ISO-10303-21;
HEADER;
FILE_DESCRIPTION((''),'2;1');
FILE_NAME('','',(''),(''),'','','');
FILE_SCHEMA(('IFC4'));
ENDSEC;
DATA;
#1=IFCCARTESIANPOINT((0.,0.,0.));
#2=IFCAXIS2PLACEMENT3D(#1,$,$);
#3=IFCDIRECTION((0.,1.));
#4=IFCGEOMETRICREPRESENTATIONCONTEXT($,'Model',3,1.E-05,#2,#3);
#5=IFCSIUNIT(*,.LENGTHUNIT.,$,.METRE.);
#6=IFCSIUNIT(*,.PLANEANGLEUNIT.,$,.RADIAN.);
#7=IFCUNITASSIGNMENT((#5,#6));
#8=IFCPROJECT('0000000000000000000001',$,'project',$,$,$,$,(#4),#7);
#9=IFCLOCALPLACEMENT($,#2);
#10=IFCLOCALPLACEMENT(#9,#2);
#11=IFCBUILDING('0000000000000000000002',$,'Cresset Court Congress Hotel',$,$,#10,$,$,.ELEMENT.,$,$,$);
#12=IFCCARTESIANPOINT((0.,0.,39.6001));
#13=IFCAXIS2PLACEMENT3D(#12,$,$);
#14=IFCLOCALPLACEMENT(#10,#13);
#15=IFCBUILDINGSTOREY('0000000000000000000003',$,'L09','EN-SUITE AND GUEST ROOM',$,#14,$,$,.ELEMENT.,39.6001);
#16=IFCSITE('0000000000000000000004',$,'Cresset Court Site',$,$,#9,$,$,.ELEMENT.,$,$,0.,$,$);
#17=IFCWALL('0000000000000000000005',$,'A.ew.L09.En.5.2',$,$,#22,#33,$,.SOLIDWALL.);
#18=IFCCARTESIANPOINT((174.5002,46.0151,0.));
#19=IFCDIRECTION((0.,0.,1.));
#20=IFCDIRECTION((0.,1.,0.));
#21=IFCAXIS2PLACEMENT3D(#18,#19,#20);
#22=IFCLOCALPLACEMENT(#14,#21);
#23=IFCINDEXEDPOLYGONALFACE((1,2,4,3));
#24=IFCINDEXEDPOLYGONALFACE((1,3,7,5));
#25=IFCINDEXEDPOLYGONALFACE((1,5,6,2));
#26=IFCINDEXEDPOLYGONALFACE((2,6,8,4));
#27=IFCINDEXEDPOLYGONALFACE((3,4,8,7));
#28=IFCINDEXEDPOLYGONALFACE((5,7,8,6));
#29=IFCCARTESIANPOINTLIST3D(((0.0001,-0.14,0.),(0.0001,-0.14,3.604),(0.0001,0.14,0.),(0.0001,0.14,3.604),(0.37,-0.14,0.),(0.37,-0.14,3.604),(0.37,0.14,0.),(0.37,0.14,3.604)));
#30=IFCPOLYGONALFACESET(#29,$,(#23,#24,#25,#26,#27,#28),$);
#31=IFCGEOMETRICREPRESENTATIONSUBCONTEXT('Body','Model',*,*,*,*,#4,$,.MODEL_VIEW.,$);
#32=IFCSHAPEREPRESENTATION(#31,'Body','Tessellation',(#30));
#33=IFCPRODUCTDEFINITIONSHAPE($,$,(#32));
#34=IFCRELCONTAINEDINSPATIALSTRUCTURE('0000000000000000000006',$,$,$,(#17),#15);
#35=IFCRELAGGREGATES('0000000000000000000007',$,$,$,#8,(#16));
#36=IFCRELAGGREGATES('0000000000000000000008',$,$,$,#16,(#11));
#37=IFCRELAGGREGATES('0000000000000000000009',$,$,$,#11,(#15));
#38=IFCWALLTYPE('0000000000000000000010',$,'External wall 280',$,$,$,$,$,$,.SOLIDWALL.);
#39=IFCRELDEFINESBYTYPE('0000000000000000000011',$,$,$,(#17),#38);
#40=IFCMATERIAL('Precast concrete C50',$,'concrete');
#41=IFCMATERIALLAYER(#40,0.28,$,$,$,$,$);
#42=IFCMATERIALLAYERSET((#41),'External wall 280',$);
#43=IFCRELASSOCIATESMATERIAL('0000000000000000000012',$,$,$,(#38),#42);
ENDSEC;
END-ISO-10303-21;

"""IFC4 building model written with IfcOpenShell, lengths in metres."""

from ifc_helpers import new_model, si_unit, direction, frame, frame_2d, origin, place, context, subcontext, project, spatial, rectangle, extrude, material, layer, layer_set, type_object, element, save


model = new_model("IFC4")

# Units and contexts
model_context = context("Model", 3, precision=1e-05, world=origin(), true_north=direction((0.0, 1.0)))
body_context = subcontext(model_context, "Body", "Model", "MODEL_VIEW")
ifc_project = project(units=[si_unit("LENGTHUNIT", "METRE"), si_unit("PLANEANGLEUNIT", "RADIAN")], contexts=[model_context])

# Site, building, storey
site_placement = place(None, origin())
site = spatial("IfcSite", under=ifc_project, at=site_placement, Name="Cresset Court Site", CompositionType="ELEMENT", RefElevation=0.0)
building_placement = place(site_placement, origin())
building = spatial("IfcBuilding", under=site, at=building_placement, Name="Cresset Court Congress Hotel", CompositionType="ELEMENT")
storey_placement = place(building_placement, frame((0.0, 0.0, 39.6001)))
storey = spatial("IfcBuildingStorey", under=building, at=storey_placement, Name="L09", Description="EN-SUITE AND GUEST ROOM", CompositionType="ELEMENT", Elevation=39.6001)

# Shared definitions
ifc_material_1 = material(Name="Precast concrete C50", Category="concrete")
ifc_layer_1 = layer(ifc_material_1, 0.28)
ifc_layer_set_1 = layer_set([ifc_layer_1], Name="External wall 280")
wall_type_1 = type_object("IfcWallType", Name="External wall 280", PredefinedType="SOLIDWALL", material=ifc_layer_set_1)

# Wall
wall_1_placement = place(storey_placement, frame((174.5002, 46.0151, 0.0), z_axis=(0.0, 0.0, 1.0), x_axis=(0.0, 1.0, 0.0)))
element("IfcWall", 1, at=wall_1_placement, inside=storey, type_object=wall_type_1, Name="A.ew.L09.En.5.2", PredefinedType="SOLIDWALL", context=body_context, shape_type="SweptSolid", body=[
    extrude(rectangle(XDim=0.3699, YDim=0.28, at=frame_2d((0.1851, 0.0))), origin(), (0.0, 0.0, 1.0), 3.604),
])

save(model, "model.ifc")
